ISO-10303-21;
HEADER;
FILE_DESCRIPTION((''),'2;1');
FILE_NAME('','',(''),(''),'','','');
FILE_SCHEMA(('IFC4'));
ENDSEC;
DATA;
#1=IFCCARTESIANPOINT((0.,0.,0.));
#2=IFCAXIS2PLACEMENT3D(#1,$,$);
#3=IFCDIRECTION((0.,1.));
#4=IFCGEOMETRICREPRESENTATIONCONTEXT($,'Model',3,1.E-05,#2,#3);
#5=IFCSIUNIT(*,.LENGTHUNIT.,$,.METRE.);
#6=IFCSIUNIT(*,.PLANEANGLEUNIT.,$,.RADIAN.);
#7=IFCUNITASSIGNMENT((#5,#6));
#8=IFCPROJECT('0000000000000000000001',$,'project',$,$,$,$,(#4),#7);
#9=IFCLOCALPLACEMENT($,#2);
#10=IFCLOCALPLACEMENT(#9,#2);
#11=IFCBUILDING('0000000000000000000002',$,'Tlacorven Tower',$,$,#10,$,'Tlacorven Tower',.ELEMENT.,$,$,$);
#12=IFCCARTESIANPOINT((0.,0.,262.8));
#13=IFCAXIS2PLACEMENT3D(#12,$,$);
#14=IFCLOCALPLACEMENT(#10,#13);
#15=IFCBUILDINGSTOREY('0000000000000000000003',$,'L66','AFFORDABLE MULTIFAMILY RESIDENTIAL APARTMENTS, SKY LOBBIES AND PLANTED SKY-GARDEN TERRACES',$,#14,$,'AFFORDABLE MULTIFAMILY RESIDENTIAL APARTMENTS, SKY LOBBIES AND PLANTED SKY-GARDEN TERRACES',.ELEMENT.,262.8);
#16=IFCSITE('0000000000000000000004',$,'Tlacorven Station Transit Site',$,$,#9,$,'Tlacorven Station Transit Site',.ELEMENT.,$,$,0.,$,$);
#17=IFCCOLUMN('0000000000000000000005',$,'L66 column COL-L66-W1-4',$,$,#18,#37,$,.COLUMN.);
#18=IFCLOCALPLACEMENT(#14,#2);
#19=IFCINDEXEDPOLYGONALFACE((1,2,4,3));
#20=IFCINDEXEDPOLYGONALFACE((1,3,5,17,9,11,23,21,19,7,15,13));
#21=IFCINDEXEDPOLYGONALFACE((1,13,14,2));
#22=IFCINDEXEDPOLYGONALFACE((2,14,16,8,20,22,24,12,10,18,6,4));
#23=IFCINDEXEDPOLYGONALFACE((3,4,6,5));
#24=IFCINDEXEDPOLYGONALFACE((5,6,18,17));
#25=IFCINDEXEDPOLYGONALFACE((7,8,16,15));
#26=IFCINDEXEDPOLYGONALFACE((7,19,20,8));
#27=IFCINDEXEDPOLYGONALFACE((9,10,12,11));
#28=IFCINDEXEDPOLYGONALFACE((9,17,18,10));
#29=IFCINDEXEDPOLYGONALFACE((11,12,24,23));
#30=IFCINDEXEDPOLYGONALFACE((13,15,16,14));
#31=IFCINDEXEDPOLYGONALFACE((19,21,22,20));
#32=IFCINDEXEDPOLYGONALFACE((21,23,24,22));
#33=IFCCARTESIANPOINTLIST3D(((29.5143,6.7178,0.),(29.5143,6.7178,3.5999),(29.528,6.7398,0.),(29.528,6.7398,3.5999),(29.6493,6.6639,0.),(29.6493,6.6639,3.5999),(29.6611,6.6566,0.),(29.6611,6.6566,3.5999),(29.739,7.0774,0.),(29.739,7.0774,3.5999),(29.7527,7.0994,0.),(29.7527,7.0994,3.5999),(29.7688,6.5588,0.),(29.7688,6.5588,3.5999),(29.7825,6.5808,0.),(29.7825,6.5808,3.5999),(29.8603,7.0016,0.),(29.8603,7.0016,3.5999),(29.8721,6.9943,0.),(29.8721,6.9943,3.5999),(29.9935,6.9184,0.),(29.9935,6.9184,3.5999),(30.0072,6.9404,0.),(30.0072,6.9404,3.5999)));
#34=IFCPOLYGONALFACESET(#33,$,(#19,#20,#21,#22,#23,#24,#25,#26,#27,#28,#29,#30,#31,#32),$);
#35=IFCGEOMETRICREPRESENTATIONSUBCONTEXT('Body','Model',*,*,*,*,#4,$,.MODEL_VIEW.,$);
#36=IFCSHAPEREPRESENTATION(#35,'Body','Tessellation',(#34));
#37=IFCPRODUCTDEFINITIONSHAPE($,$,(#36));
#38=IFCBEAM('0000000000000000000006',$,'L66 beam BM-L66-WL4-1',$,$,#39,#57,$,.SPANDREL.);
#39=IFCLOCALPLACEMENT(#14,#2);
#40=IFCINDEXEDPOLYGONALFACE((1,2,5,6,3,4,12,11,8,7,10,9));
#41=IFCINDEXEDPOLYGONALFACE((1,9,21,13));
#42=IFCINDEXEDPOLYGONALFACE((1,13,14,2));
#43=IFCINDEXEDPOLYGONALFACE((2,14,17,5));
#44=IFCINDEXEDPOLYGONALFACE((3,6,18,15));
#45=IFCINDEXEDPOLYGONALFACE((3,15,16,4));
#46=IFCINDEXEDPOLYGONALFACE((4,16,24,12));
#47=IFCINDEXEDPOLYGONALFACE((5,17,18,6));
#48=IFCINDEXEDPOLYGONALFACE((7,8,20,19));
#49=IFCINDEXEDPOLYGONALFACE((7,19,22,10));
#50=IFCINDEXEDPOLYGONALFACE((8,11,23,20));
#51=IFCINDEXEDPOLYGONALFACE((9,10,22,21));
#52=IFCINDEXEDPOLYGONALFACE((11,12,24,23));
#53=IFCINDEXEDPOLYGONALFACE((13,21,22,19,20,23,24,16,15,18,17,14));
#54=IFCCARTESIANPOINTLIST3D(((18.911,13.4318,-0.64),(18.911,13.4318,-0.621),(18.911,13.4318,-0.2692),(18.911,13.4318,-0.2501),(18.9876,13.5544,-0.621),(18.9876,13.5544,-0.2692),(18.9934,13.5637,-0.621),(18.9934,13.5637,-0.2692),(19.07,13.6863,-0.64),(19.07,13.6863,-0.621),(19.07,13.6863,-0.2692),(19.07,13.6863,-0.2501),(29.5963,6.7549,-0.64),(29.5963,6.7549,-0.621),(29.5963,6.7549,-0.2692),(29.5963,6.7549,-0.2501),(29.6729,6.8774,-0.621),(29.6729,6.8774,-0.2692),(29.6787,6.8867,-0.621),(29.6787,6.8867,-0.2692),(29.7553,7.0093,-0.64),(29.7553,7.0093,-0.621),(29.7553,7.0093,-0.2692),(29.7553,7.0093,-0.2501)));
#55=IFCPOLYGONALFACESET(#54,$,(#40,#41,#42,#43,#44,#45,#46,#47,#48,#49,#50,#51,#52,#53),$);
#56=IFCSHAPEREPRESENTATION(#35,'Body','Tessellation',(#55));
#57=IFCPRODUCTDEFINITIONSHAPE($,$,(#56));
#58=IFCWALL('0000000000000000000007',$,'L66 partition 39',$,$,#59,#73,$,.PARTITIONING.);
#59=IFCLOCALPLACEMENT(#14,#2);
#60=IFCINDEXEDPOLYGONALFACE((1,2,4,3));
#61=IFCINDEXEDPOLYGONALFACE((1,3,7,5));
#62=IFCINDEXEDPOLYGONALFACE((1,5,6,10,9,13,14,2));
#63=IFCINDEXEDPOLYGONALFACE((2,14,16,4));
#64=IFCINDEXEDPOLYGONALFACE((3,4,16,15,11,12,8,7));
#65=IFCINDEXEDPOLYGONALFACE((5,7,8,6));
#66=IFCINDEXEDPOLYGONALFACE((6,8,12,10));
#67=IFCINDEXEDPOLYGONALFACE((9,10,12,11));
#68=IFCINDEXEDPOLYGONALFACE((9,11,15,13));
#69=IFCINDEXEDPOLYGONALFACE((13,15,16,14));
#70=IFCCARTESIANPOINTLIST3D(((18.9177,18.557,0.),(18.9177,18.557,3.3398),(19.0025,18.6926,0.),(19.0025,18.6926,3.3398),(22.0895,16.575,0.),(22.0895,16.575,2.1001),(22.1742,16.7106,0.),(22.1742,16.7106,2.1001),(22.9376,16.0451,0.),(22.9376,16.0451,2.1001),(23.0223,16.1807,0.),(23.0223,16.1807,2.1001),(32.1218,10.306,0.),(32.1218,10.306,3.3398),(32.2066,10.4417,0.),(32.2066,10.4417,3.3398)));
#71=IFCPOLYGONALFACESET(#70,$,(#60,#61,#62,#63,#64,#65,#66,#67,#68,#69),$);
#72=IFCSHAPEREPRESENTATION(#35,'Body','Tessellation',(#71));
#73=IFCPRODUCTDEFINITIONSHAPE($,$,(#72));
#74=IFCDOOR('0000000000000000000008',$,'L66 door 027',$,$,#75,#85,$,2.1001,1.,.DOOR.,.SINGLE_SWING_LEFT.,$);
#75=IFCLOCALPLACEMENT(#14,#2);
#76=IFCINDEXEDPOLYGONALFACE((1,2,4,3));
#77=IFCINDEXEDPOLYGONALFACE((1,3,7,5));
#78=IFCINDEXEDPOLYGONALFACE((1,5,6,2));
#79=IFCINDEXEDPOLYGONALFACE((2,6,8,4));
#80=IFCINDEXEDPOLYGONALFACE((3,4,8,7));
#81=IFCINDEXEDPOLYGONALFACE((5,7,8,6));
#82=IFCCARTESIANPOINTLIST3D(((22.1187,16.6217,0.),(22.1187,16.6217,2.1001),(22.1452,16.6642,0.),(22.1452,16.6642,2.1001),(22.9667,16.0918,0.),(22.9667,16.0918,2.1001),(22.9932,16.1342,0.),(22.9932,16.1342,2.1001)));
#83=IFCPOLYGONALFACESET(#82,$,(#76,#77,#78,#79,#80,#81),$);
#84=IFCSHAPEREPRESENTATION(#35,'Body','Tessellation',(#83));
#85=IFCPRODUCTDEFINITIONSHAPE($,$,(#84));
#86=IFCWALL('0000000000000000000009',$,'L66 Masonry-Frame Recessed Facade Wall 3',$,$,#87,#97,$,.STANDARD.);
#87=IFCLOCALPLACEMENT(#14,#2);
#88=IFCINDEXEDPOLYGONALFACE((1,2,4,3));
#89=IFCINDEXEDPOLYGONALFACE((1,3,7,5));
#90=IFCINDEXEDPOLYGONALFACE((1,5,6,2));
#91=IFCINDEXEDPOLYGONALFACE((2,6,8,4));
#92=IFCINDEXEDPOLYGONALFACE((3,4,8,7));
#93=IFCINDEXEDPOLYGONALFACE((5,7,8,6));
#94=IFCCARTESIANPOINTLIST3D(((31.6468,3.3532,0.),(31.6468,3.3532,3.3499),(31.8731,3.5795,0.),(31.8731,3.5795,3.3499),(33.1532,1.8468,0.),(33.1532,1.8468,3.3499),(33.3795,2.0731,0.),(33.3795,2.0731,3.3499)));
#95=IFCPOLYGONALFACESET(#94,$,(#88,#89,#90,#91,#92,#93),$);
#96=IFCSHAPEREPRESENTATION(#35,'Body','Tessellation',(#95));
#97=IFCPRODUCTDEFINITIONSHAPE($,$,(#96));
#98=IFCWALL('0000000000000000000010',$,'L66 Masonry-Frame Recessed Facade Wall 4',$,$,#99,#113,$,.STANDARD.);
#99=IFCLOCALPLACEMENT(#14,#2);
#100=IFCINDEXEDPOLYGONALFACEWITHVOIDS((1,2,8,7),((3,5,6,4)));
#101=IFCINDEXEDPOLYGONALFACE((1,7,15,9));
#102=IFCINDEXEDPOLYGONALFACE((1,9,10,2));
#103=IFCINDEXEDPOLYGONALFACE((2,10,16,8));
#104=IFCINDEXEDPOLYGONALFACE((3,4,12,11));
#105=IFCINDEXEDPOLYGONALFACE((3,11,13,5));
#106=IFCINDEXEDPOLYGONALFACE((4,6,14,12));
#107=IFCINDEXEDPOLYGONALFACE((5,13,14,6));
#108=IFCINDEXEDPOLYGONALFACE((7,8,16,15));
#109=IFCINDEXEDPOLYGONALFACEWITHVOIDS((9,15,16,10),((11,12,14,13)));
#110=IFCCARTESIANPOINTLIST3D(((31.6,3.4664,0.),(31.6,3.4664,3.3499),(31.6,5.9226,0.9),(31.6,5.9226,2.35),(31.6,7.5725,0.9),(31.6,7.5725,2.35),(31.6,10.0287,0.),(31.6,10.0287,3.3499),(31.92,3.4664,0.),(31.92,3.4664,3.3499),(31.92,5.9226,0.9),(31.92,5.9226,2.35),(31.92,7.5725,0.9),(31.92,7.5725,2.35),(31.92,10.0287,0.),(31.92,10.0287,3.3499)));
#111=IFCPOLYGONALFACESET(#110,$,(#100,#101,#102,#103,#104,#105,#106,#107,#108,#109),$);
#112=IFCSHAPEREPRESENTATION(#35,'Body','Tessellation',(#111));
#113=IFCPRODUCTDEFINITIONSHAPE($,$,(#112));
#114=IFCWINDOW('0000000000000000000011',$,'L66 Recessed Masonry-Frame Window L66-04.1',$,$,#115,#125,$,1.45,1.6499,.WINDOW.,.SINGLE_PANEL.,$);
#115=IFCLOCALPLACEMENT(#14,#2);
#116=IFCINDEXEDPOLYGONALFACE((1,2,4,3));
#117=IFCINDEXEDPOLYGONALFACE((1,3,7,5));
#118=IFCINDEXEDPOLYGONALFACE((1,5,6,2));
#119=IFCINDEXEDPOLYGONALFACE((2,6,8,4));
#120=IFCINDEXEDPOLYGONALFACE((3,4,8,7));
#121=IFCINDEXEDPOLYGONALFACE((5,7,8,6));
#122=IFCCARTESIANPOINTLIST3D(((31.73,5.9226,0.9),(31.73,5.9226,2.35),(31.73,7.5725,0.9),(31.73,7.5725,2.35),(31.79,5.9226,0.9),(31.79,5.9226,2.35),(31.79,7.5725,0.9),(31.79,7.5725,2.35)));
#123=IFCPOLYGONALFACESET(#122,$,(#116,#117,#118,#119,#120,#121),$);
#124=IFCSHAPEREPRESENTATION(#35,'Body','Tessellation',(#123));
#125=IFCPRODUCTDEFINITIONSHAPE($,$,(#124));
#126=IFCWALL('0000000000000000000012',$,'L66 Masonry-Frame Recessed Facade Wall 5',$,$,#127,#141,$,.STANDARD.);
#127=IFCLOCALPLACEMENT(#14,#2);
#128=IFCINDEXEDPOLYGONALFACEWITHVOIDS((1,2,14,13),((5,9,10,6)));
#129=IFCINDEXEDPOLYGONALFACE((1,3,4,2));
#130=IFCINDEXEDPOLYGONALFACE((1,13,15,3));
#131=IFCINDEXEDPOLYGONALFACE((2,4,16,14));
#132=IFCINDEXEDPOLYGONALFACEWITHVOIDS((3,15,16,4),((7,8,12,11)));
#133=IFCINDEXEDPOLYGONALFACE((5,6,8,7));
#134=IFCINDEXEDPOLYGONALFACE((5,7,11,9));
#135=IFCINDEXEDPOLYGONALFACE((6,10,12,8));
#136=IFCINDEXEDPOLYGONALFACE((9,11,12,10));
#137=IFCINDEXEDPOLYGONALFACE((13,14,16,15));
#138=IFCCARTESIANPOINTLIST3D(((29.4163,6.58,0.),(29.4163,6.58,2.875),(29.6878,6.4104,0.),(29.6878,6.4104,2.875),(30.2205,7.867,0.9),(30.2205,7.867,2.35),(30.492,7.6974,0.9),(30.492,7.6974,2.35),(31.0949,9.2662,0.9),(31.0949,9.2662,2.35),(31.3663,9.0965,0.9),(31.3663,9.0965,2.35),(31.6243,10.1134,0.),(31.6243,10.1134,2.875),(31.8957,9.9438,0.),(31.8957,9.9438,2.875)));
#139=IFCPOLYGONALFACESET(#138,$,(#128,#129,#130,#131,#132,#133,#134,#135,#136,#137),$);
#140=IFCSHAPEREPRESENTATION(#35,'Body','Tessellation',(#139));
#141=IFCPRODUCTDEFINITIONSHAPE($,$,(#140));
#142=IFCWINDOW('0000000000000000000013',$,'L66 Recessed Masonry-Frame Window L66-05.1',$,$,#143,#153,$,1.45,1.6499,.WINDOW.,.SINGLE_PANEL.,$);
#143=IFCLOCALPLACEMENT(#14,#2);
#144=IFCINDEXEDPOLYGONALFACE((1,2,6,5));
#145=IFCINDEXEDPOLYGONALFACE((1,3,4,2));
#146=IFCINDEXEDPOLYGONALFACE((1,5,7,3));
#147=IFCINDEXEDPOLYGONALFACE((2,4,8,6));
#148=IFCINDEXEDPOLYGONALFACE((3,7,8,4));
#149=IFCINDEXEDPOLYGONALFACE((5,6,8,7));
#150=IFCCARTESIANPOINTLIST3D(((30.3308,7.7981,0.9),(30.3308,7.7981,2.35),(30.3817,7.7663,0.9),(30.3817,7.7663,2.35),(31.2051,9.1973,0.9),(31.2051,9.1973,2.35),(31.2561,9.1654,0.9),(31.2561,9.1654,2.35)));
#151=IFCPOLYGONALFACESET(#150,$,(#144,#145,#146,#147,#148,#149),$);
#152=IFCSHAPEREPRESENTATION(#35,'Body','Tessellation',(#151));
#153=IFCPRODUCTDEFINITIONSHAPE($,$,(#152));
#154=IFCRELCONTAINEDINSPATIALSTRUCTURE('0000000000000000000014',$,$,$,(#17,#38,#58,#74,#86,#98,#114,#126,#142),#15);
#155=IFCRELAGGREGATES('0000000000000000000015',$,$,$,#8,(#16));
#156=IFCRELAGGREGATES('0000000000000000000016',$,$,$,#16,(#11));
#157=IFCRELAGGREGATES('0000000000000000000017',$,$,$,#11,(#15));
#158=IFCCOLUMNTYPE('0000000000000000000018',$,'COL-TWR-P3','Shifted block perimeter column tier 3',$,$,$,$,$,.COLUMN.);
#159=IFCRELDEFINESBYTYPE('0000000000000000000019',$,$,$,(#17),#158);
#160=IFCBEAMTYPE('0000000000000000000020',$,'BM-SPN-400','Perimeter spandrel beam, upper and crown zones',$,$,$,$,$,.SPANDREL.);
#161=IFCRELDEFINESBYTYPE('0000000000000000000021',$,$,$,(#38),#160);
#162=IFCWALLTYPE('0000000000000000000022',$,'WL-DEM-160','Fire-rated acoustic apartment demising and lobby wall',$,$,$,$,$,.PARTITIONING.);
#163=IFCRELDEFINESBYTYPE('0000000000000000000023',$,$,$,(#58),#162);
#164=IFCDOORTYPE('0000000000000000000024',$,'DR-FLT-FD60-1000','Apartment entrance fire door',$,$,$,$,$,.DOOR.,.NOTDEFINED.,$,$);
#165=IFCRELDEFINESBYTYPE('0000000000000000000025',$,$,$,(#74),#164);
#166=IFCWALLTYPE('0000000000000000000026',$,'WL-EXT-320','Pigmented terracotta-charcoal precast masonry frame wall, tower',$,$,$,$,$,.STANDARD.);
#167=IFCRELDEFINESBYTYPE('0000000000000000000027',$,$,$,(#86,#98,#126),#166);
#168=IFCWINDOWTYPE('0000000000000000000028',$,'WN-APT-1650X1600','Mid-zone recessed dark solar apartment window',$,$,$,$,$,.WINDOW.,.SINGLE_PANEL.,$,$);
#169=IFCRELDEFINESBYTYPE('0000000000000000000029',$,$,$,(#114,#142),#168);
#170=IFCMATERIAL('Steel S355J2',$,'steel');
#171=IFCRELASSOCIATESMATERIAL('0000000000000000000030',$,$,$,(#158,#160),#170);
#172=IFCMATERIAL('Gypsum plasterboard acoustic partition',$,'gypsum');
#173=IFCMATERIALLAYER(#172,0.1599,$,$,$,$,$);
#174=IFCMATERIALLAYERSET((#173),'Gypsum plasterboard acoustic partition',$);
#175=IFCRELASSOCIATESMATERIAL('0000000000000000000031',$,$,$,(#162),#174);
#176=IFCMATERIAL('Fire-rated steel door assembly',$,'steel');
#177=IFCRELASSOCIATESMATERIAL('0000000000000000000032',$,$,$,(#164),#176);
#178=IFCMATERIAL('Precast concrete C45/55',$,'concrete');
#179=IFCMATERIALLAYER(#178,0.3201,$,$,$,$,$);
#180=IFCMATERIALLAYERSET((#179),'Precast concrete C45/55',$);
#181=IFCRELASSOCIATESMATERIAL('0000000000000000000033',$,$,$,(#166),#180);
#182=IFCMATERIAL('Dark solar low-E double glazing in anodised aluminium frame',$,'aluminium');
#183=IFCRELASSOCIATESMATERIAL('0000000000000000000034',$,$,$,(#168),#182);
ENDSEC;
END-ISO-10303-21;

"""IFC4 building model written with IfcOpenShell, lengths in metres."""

from ifc_helpers import new_model, si_unit, direction, frame, frame_2d, origin, origin_2d, place, context, subcontext, project, spatial, rectangle, i_section, extrude, source, transform, mapped, material, layer, layer_set, material_profile, profile_set, type_object, element, fill, save


model = new_model("IFC4")

# Units and contexts
model_context = context("Model", 3, precision=1e-05, world=origin(), true_north=direction((0.0, 1.0)))
body_context = subcontext(model_context, "Body", "Model", "MODEL_VIEW")
ifc_project = project(units=[si_unit("LENGTHUNIT", "METRE"), si_unit("PLANEANGLEUNIT", "RADIAN")], contexts=[model_context])

# Site, building, storey
site_placement = place(None, origin())
site = spatial("IfcSite", under=ifc_project, at=site_placement, Name="Tlacorven Station Transit Site", LongName="Tlacorven Station Transit Site", CompositionType="ELEMENT", RefElevation=0.0)
building_placement = place(site_placement, origin())
building = spatial("IfcBuilding", under=site, at=building_placement, Name="Tlacorven Tower", LongName="Tlacorven Tower", CompositionType="ELEMENT")
storey_placement = place(building_placement, frame((0.0, 0.0, 262.8)))
storey = spatial("IfcBuildingStorey", under=building, at=storey_placement, Name="L66", Description="AFFORDABLE MULTIFAMILY RESIDENTIAL APARTMENTS, SKY LOBBIES AND PLANTED SKY-GARDEN TERRACES", LongName="AFFORDABLE MULTIFAMILY RESIDENTIAL APARTMENTS, SKY LOBBIES AND PLANTED SKY-GARDEN TERRACES", CompositionType="ELEMENT", Elevation=262.8)

# Column
ifc_material_1 = material(Name="Steel S355J2", Category="steel")
ifc_material_profile_1 = material_profile(ifc_material_1, i_section(OverallWidth=0.3, OverallDepth=0.45, WebThickness=0.0139, FlangeThickness=0.0259, at=origin_2d()), Name="HEB 450")
ifc_profile_set_1 = profile_set([ifc_material_profile_1], Name="Steel S355J2")
column_type = type_object("IfcColumnType", Name="COL-TWR-P3", Description="Shifted block perimeter column tier 3", PredefinedType="COLUMN", material=ifc_profile_set_1)
shared_shape_1 = source(origin(), body_context, "Body", "SweptSolid", [
    extrude(i_section(OverallWidth=0.3, OverallDepth=0.45, WebThickness=0.0139, FlangeThickness=0.0259, at=origin_2d()), origin(), (0.0, 0.0, 1.0), 3.5999),
])
column_placement = place(storey_placement, frame((29.7607, 6.8291, 0.0), z_axis=(0.0, 0.0, 1.0), x_axis=(-0.848048, 0.529919, 0.0)))
element("IfcColumn", 1, at=column_placement, inside=storey, type_object=column_type, Name="L66 column COL-L66-W1-4", PredefinedType="COLUMN", context=body_context, shape_type="MappedRepresentation", body=[
    mapped(shared_shape_1, transform((0.0, 0.0, 0.0), scale=1.0)),
])

# Beam
ifc_material_profile_2 = material_profile(ifc_material_1, i_section(OverallWidth=0.3, OverallDepth=0.3899, WebThickness=0.011, FlangeThickness=0.019, at=origin_2d()), Name="HEA 400")
ifc_profile_set_2 = profile_set([ifc_material_profile_2], Name="Steel S355J2")
beam_type = type_object("IfcBeamType", Name="BM-SPN-400", Description="Perimeter spandrel beam, upper and crown zones", PredefinedType="SPANDREL", material=ifc_profile_set_2)
shared_shape_2 = source(origin(), body_context, "Body", "SweptSolid", [
    extrude(i_section(OverallWidth=0.3, OverallDepth=0.3899, WebThickness=0.011, FlangeThickness=0.019, at=origin_2d()), origin(), (0.0, 0.0, 1.0), 12.5999),
])
beam_placement = place(storey_placement, frame((29.6758, 6.8821, -0.4451), z_axis=(-0.848045, 0.529924, 0.0), x_axis=(-0.529924, -0.848045, 0.0)))
element("IfcBeam", 2, at=beam_placement, inside=storey, type_object=beam_type, Name="L66 beam BM-L66-WL4-1", PredefinedType="SPANDREL", context=body_context, shape_type="MappedRepresentation", body=[
    mapped(shared_shape_2, transform((0.0, 0.0, 0.0), scale=1.0)),
])

# Wall, opening, door
ifc_material_2 = material(Name="Gypsum plasterboard acoustic partition", Category="gypsum")
ifc_layer_1 = layer(ifc_material_2, 0.1599)
ifc_layer_set_1 = layer_set([ifc_layer_1], Name="Gypsum plasterboard acoustic partition")
wall_type_1 = type_object("IfcWallType", Name="WL-DEM-160", Description="Fire-rated acoustic apartment demising and lobby wall", PredefinedType="PARTITIONING", material=ifc_layer_set_1)
wall_1_placement = place(storey_placement, frame((32.1643, 10.3738, 0.0), z_axis=(0.0, 0.0, 1.0), x_axis=(-0.848044, 0.529926, 0.0)))
wall_1 = element("IfcWall", 3, at=wall_1_placement, inside=storey, type_object=wall_type_1, Name="L66 partition 39", PredefinedType="PARTITIONING", context=body_context, shape_type="SweptSolid", body=[
    extrude(rectangle(XDim=15.5701, YDim=0.1599, at=frame_2d((7.7852, 0.0))), origin(), (0.0, 0.0, 1.0), 3.3398),
])
opening_1_placement = place(wall_1_placement, frame((10.8301, 0.0, 0.0)))
opening_1 = element("IfcOpeningElement", 4, at=opening_1_placement, cuts=wall_1, PredefinedType="OPENING", context=body_context, shape_type="SweptSolid", body=[
    extrude(rectangle(XDim=1.0, YDim=2.1001, at=frame_2d((0.5, 1.05))), frame((0.0, 0.0898, 0.0), z_axis=(0.0, -1.0, 0.0), x_axis=(1.0, 0.0, 0.0)), (0.0, 0.0, 1.0), 0.1799),
])
ifc_material_3 = material(Name="Fire-rated steel door assembly", Category="steel")
door_type_1 = type_object("IfcDoorType", Name="DR-FLT-FD60-1000", Description="Apartment entrance fire door", OperationType="NOTDEFINED", PredefinedType="DOOR", material=ifc_material_3)
shared_shape_3 = source(origin(), body_context, "Body", "SweptSolid", [
    extrude(rectangle(XDim=1.0, YDim=2.1001, at=frame_2d((0.5, 1.05))), frame((0.0, 0.0249, 0.0), z_axis=(0.0, -1.0, 0.0), x_axis=(1.0, 0.0, 0.0)), (0.0, 0.0, 1.0), 0.05),
])
door_1_placement = place(opening_1_placement, origin())
door_1 = element("IfcDoor", 5, at=door_1_placement, inside=storey, type_object=door_type_1, Name="L66 door 027", OperationType="SINGLE_SWING_LEFT", OverallHeight=2.1001, OverallWidth=1.0, PredefinedType="DOOR", context=body_context, shape_type="MappedRepresentation", body=[
    mapped(shared_shape_3, transform((0.0, 0.0, 0.0), scale=1.0)),
])
fill(opening_1, door_1)

# Wall
ifc_material_4 = material(Name="Precast concrete C45/55", Category="concrete")
ifc_layer_2 = layer(ifc_material_4, 0.3201)
ifc_layer_set_2 = layer_set([ifc_layer_2], Name="Precast concrete C45/55")
wall_type_2 = type_object("IfcWallType", Name="WL-EXT-320", Description="Pigmented terracotta-charcoal precast masonry frame wall, tower", PredefinedType="STANDARD", material=ifc_layer_set_2)
wall_2_placement = place(storey_placement, frame((33.2664, 1.96, 0.0), z_axis=(0.0, 0.0, 1.0), x_axis=(-0.707107, 0.707107, 0.0)))
element("IfcWall", 6, at=wall_2_placement, inside=storey, type_object=wall_type_2, Name="L66 Masonry-Frame Recessed Facade Wall 3", PredefinedType="STANDARD", context=body_context, shape_type="SweptSolid", body=[
    extrude(rectangle(XDim=2.1304, YDim=0.3201, at=frame_2d((1.0652, 0.0))), origin(), (0.0, 0.0, 1.0), 3.3499),
])

# Walls, openings, windows
wall_3_placement = place(storey_placement, frame((31.76, 3.4663, 0.0), z_axis=(0.0, 0.0, 1.0), x_axis=(0.0, 1.0, 0.0)))
wall_3 = element("IfcWall", 7, at=wall_3_placement, inside=storey, type_object=wall_type_2, Name="L66 Masonry-Frame Recessed Facade Wall 4", PredefinedType="STANDARD", context=body_context, shape_type="SweptSolid", body=[
    extrude(rectangle(XDim=6.5623, YDim=0.3201, at=frame_2d((3.2812, 0.0))), origin(), (0.0, 0.0, 1.0), 3.3499),
])
opening_2_placement = place(wall_3_placement, frame((2.4563, 0.0, 0.8999)))
opening_2 = element("IfcOpeningElement", 8, at=opening_2_placement, cuts=wall_3, PredefinedType="OPENING", context=body_context, shape_type="SweptSolid", body=[
    extrude(rectangle(XDim=1.6499, YDim=1.45, at=frame_2d((0.825, 0.7251))), frame((0.0, 0.1699, 0.0), z_axis=(0.0, -1.0, 0.0), x_axis=(1.0, 0.0, 0.0)), (0.0, 0.0, 1.0), 0.3401),
])
ifc_material_5 = material(Name="Dark solar low-E double glazing in anodised aluminium frame", Category="aluminium")
window_type_1 = type_object("IfcWindowType", Name="WN-APT-1650X1600", Description="Mid-zone recessed dark solar apartment window", PartitioningType="SINGLE_PANEL", PredefinedType="WINDOW", material=ifc_material_5)
shared_shape_4 = source(origin(), body_context, "Body", "SweptSolid", [
    extrude(rectangle(XDim=1.6499, YDim=1.45, at=frame_2d((0.825, 0.7251))), frame((0.0, 0.03, 0.0), z_axis=(0.0, -1.0, 0.0), x_axis=(1.0, 0.0, 0.0)), (0.0, 0.0, 1.0), 0.0601),
])
window_1_placement = place(opening_2_placement, origin())
window_1 = element("IfcWindow", 9, at=window_1_placement, inside=storey, type_object=window_type_1, Name="L66 Recessed Masonry-Frame Window L66-04.1", OverallHeight=1.45, OverallWidth=1.6499, PartitioningType="SINGLE_PANEL", PredefinedType="WINDOW", context=body_context, shape_type="MappedRepresentation", body=[
    mapped(shared_shape_4, transform((0.0, 0.0, 0.0), scale=1.0)),
])
fill(opening_2, window_1)
wall_4_placement = place(storey_placement, frame((31.76, 10.0286, 0.0), z_axis=(0.0, 0.0, 1.0), x_axis=(-0.52993, -0.848041, 0.0)))
wall_4 = element("IfcWall", 10, at=wall_4_placement, inside=storey, type_object=wall_type_2, Name="L66 Masonry-Frame Recessed Facade Wall 5", PredefinedType="STANDARD", context=body_context, shape_type="SweptSolid", body=[
    extrude(rectangle(XDim=4.1665, YDim=0.3201, at=frame_2d((2.0833, 0.0))), origin(), (0.0, 0.0, 1.0), 2.875),
])
opening_3_placement = place(wall_4_placement, frame((0.999, 0.0, 0.8999)))
opening_3 = element("IfcOpeningElement", 11, at=opening_3_placement, cuts=wall_4, PredefinedType="OPENING", context=body_context, shape_type="SweptSolid", body=[
    extrude(rectangle(XDim=1.6499, YDim=1.45, at=frame_2d((0.825, 0.7251))), frame((0.0, 0.1699, 0.0), z_axis=(0.0, -1.0, 0.0), x_axis=(1.0, 0.0, 0.0)), (0.0, 0.0, 1.0), 0.3401),
])
window_2_placement = place(opening_3_placement, origin())
window_2 = element("IfcWindow", 12, at=window_2_placement, inside=storey, type_object=window_type_1, Name="L66 Recessed Masonry-Frame Window L66-05.1", OverallHeight=1.45, OverallWidth=1.6499, PartitioningType="SINGLE_PANEL", PredefinedType="WINDOW", context=body_context, shape_type="MappedRepresentation", body=[
    mapped(shared_shape_4, transform((0.0, 0.0, 0.0), scale=1.0)),
])
fill(opening_3, window_2)

save(model, "model.ifc")
